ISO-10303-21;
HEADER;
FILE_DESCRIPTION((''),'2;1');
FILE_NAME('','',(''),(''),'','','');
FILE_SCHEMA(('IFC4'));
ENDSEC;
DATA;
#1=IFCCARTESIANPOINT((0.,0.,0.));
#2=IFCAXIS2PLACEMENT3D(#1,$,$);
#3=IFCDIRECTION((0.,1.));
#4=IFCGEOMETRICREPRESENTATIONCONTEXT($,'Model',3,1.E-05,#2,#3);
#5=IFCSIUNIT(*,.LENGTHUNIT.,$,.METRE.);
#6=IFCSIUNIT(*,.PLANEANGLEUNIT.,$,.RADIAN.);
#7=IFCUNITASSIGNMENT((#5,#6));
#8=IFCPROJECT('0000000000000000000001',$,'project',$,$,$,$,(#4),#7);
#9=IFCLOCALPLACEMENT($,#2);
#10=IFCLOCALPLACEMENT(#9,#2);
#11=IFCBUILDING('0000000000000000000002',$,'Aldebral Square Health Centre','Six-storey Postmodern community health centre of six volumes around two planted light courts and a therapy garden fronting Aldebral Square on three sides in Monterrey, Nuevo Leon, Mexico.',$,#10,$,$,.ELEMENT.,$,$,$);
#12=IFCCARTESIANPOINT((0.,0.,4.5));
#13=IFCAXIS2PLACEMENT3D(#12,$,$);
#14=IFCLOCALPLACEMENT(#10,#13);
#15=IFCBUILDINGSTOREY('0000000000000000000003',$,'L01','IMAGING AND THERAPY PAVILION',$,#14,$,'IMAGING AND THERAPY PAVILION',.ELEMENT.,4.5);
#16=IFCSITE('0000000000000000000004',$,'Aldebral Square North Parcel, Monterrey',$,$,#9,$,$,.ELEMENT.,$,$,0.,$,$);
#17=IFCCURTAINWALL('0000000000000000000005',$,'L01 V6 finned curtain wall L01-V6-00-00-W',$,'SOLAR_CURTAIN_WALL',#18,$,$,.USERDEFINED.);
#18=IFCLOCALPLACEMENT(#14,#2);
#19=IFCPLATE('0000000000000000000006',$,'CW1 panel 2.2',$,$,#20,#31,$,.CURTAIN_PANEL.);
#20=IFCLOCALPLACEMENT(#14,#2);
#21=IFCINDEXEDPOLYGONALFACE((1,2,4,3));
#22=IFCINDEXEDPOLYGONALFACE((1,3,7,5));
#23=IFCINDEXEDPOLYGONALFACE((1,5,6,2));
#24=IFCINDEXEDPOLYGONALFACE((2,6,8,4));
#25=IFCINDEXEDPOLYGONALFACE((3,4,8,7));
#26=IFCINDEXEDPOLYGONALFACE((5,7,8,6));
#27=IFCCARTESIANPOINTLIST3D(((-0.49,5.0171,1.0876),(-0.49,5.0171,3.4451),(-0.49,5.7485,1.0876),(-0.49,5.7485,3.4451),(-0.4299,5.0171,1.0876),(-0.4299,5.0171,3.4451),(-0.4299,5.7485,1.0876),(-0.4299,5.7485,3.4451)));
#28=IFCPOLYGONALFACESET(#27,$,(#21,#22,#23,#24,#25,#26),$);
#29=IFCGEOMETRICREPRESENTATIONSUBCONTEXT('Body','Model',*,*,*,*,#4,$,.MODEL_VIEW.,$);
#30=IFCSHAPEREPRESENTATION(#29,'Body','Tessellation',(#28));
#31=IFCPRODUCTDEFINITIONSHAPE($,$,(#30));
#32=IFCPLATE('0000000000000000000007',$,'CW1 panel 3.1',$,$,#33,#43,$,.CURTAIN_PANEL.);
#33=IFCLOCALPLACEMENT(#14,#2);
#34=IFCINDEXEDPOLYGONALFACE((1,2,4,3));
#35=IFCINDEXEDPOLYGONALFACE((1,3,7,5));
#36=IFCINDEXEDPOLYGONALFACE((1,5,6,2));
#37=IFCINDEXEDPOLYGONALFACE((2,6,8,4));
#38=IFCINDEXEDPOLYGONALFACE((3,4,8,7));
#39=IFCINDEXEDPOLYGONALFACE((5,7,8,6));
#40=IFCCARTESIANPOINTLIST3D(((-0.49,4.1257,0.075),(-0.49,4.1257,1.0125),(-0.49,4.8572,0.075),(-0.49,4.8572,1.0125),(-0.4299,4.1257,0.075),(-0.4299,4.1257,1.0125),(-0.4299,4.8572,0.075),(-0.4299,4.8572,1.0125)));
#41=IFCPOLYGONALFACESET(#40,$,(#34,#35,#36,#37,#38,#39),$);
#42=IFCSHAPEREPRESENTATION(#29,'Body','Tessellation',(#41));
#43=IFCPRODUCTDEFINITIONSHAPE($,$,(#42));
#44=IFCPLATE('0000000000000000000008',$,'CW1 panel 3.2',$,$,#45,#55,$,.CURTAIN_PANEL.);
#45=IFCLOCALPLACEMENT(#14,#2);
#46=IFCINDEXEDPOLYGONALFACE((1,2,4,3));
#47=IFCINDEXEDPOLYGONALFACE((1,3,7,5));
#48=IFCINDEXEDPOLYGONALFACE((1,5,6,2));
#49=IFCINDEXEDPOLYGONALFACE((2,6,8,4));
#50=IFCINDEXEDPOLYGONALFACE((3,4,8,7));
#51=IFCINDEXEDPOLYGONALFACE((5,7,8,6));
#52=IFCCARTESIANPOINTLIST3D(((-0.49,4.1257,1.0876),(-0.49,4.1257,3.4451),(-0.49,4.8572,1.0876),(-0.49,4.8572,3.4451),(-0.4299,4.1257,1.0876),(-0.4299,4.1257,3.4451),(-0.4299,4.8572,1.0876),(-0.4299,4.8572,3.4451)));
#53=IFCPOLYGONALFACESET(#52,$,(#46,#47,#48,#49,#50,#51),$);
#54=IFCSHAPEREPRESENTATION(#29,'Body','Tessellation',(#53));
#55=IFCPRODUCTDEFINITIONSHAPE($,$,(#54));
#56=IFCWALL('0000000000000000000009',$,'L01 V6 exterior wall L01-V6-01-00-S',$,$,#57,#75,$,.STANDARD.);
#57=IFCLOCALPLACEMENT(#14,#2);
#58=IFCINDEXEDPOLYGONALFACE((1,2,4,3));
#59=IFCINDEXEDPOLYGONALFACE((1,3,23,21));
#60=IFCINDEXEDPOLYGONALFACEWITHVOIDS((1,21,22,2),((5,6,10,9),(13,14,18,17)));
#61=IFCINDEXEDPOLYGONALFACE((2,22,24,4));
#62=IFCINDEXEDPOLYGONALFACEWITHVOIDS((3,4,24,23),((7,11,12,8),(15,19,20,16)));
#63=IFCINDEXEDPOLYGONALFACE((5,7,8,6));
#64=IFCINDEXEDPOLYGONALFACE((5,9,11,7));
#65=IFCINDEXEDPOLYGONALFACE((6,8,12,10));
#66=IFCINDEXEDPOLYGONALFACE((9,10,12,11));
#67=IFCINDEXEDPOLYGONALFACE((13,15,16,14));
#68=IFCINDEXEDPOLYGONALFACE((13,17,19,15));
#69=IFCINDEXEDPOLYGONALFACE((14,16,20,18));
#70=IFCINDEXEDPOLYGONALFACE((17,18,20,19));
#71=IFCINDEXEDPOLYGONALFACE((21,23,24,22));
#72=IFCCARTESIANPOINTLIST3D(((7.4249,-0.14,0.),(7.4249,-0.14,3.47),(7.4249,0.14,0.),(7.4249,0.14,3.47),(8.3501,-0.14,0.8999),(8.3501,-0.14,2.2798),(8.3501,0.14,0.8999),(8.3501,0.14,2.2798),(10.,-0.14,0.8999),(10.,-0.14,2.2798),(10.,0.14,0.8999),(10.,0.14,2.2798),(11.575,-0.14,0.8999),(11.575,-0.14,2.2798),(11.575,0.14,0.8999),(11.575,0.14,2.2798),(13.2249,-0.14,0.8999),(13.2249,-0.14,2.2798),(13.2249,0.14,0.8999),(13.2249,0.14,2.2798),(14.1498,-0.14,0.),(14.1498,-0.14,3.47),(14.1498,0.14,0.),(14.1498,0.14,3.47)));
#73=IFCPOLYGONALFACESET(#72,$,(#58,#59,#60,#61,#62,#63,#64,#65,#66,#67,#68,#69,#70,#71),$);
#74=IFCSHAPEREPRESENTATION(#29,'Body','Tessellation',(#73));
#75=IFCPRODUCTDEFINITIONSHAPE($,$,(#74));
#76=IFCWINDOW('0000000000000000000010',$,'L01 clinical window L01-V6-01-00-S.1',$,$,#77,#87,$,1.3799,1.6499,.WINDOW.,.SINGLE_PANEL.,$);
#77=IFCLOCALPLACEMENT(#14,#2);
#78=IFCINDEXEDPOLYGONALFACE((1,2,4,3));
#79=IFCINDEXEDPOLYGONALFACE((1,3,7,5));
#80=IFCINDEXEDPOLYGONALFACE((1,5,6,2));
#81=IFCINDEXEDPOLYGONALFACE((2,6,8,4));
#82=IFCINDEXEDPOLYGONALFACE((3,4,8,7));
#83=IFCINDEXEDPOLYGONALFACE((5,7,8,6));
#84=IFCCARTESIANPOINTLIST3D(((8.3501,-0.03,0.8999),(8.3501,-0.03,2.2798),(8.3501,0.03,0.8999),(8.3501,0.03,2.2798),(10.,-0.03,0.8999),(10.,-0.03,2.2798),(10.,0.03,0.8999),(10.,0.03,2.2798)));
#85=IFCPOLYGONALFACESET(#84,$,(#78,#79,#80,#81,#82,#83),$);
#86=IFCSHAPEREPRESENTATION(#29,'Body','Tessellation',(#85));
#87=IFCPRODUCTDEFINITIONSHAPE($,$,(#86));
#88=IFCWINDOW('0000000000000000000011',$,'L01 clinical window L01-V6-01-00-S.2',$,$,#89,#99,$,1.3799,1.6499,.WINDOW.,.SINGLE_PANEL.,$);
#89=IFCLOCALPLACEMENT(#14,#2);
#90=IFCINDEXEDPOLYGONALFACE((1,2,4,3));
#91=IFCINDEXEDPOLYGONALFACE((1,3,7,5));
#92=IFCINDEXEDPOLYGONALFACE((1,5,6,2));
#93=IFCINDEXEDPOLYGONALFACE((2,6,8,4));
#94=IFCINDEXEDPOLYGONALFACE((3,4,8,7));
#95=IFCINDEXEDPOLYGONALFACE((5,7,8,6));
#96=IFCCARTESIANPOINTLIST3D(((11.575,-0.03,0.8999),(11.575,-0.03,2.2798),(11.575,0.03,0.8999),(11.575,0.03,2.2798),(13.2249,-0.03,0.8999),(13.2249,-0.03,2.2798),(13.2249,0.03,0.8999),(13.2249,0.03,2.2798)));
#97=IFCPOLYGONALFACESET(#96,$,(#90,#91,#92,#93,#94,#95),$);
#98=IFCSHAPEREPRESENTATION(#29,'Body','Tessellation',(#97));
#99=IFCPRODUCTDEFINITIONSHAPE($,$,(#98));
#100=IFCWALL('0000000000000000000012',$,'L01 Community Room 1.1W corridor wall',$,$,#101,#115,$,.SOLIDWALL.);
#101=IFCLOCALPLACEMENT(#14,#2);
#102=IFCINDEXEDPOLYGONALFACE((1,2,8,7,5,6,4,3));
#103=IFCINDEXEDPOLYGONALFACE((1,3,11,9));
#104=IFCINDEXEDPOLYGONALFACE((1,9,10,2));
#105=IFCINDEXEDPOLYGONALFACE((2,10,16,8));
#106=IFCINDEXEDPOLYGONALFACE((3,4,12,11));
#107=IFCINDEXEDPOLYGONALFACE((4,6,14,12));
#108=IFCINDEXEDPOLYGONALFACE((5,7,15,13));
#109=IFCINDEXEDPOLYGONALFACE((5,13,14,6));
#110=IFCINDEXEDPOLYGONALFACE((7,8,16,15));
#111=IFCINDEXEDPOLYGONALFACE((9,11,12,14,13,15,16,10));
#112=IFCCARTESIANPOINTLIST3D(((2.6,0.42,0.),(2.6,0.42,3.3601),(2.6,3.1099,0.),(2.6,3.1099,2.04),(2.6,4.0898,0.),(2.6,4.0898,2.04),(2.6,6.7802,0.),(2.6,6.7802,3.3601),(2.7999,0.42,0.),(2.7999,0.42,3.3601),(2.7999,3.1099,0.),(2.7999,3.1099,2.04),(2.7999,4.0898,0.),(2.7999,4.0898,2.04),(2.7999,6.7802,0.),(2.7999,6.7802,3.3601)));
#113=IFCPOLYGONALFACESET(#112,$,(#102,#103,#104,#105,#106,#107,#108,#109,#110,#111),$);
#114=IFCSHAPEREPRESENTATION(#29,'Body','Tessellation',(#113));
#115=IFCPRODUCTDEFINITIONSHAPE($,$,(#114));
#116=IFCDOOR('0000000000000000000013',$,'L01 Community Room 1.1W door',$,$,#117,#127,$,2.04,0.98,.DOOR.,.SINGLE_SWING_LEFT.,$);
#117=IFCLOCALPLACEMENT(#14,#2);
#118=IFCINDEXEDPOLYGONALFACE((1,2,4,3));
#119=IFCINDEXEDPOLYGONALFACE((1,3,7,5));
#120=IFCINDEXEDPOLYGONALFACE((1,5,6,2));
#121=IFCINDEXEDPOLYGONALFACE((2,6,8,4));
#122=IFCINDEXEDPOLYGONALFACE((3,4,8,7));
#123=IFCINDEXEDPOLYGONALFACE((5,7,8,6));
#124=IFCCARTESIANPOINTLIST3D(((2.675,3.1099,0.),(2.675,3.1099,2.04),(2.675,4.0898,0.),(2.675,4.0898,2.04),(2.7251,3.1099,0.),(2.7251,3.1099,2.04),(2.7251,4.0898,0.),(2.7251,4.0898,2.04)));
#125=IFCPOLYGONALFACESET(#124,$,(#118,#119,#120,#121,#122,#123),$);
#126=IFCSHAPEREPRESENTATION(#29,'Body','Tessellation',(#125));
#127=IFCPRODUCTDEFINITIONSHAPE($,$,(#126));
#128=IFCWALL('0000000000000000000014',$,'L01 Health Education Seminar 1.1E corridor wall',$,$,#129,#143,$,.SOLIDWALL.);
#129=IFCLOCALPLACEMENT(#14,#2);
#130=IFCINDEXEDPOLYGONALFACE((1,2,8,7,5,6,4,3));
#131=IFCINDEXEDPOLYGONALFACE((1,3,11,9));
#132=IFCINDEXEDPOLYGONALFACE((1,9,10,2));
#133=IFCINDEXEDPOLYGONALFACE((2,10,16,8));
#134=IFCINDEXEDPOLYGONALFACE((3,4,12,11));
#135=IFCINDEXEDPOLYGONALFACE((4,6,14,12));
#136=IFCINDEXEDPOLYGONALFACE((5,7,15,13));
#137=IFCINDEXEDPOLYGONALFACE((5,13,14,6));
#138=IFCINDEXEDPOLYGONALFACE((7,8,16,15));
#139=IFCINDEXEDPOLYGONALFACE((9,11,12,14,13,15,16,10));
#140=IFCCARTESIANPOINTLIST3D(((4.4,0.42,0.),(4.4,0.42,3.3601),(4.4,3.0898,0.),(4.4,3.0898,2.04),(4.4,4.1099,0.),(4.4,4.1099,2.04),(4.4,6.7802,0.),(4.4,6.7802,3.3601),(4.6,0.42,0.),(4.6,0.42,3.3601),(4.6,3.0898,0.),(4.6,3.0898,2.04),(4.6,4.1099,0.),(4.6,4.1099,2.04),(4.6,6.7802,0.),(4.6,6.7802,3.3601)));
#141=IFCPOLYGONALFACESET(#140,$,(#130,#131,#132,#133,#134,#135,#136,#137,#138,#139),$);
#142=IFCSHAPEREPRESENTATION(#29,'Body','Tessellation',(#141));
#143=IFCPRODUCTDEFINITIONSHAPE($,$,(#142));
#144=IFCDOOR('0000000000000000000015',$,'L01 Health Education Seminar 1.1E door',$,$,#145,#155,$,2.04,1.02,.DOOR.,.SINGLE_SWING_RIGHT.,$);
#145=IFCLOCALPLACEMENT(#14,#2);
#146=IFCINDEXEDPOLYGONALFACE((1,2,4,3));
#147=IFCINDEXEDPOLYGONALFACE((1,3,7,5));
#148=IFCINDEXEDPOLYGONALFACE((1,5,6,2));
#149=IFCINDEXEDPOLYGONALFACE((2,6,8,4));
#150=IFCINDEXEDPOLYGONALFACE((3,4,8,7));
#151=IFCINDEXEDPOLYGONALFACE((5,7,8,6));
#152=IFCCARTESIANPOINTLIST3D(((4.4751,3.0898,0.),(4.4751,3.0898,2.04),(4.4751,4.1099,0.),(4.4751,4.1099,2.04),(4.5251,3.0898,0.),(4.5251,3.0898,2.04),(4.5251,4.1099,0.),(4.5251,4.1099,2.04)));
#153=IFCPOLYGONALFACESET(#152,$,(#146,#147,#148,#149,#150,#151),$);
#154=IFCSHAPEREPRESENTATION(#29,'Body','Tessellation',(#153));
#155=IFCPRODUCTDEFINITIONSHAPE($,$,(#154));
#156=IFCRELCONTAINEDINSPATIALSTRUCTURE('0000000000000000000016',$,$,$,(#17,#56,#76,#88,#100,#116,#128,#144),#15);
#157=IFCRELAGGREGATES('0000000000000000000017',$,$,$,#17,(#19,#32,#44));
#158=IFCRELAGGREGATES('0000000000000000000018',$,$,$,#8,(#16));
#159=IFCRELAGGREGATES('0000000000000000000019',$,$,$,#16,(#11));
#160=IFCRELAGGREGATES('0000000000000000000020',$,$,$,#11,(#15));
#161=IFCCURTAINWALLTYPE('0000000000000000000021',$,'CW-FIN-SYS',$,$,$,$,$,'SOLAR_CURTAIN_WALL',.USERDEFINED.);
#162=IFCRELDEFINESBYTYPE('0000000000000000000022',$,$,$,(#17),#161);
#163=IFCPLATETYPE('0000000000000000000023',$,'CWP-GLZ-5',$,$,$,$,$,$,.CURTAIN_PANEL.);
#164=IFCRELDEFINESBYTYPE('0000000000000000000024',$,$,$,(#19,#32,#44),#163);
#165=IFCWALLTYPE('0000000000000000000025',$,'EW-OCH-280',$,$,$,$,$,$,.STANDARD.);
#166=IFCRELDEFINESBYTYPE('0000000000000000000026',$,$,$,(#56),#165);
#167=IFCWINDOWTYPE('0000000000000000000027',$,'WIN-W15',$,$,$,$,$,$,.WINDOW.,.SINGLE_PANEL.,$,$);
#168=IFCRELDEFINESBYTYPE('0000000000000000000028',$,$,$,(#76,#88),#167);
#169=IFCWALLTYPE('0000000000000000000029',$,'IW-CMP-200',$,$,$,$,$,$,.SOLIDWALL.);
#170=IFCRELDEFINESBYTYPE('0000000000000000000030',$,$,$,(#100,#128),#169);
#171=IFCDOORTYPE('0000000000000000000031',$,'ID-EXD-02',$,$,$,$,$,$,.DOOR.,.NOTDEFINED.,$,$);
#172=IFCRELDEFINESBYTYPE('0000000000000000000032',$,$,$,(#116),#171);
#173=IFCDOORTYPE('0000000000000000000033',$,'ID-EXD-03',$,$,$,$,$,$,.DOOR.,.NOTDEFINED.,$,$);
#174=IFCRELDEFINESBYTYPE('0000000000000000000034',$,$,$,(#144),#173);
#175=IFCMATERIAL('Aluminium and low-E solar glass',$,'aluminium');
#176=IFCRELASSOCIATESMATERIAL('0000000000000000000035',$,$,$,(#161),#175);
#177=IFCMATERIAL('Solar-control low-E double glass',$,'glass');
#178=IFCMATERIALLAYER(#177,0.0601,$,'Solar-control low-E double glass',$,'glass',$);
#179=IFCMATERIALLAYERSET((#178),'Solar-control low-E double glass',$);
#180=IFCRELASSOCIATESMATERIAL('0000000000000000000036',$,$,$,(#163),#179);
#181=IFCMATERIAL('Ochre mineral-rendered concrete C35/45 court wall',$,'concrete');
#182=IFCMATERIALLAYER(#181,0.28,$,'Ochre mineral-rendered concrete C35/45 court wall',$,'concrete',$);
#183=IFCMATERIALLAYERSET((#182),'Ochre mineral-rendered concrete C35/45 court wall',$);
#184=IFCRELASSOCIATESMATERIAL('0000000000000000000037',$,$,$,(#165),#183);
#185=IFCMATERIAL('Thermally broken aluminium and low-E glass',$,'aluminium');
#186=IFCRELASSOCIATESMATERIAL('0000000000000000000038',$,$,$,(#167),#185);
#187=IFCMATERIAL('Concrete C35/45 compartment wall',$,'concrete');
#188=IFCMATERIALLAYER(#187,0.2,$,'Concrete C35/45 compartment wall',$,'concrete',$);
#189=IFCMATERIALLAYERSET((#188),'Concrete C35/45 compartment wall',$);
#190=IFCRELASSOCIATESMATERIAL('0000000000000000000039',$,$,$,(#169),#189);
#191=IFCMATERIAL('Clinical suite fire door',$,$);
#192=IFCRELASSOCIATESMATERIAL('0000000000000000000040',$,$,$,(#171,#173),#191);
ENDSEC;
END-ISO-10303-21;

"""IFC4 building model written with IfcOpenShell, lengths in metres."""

from ifc_helpers import new_model, si_unit, direction, frame, frame_2d, origin, origin_2d, place, context, subcontext, project, spatial, rectangle, extrude, material, layer, layer_set, type_object, element, fill, aggregate, save


model = new_model("IFC4")

# Units and contexts
model_context = context("Model", 3, precision=1e-05, world=origin(), true_north=direction((0.0, 1.0)))
body_context = subcontext(model_context, "Body", "Model", "MODEL_VIEW")
ifc_project = project(units=[si_unit("LENGTHUNIT", "METRE"), si_unit("PLANEANGLEUNIT", "RADIAN")], contexts=[model_context])

# Site, building, storey
site_placement = place(None, origin())
site = spatial("IfcSite", under=ifc_project, at=site_placement, Name="Aldebral Square North Parcel, Monterrey", CompositionType="ELEMENT", RefElevation=0.0)
building_placement = place(site_placement, origin())
building = spatial("IfcBuilding", under=site, at=building_placement, Name="Aldebral Square Health Centre", Description="Six-storey Postmodern community health centre of six volumes around two planted light courts and a therapy garden fronting Aldebral Square on three sides in Monterrey, Nuevo Leon, Mexico.", CompositionType="ELEMENT")
storey_placement = place(building_placement, frame((0.0, 0.0, 4.5)))
storey = spatial("IfcBuildingStorey", under=building, at=storey_placement, Name="L01", Description="IMAGING AND THERAPY PAVILION", LongName="IMAGING AND THERAPY PAVILION", CompositionType="ELEMENT", Elevation=4.5)

# Curtain wall, plates
ifc_material_1 = material(Name="Aluminium and low-E solar glass", Category="aluminium")
curtain_wall_type = type_object("IfcCurtainWallType", Name="CW-FIN-SYS", ElementType="SOLAR_CURTAIN_WALL", PredefinedType="USERDEFINED", material=ifc_material_1)
curtain_wall_placement = place(storey_placement, origin())
curtain_wall = element("IfcCurtainWall", 1, at=curtain_wall_placement, inside=storey, type_object=curtain_wall_type, Name="L01 V6 finned curtain wall L01-V6-00-00-W", ObjectType="SOLAR_CURTAIN_WALL", PredefinedType="USERDEFINED")
ifc_material_2 = material(Name="Solar-control low-E double glass", Category="glass")
ifc_layer_1 = layer(ifc_material_2, 0.0601, Name="Solar-control low-E double glass", Category="glass")
ifc_layer_set_1 = layer_set([ifc_layer_1], Name="Solar-control low-E double glass")
plate_type = type_object("IfcPlateType", Name="CWP-GLZ-5", PredefinedType="CURTAIN_PANEL", material=ifc_layer_set_1)
plate_1_placement = place(storey_placement, frame((-0.46, 5.3828, 1.0876), z_axis=(0.0, 0.0, 1.0), x_axis=(0.0, -1.0, 0.0)))
plate_1 = element("IfcPlate", 2, at=plate_1_placement, type_object=plate_type, Name="CW1 panel 2.2", PredefinedType="CURTAIN_PANEL", context=body_context, shape_type="SweptSolid", body=[
    extrude(rectangle(XDim=0.7314, YDim=0.0601, at=origin_2d()), origin(), (0.0, 0.0, 1.0), 2.3574),
])
plate_2_placement = place(storey_placement, frame((-0.46, 4.4915, 0.075), z_axis=(0.0, 0.0, 1.0), x_axis=(0.0, -1.0, 0.0)))
plate_2 = element("IfcPlate", 3, at=plate_2_placement, type_object=plate_type, Name="CW1 panel 3.1", PredefinedType="CURTAIN_PANEL", context=body_context, shape_type="SweptSolid", body=[
    extrude(rectangle(XDim=0.7314, YDim=0.0601, at=origin_2d()), origin(), (0.0, 0.0, 1.0), 0.9375),
])
plate_3_placement = place(storey_placement, frame((-0.46, 4.4915, 1.0876), z_axis=(0.0, 0.0, 1.0), x_axis=(0.0, -1.0, 0.0)))
plate_3 = element("IfcPlate", 4, at=plate_3_placement, type_object=plate_type, Name="CW1 panel 3.2", PredefinedType="CURTAIN_PANEL", context=body_context, shape_type="SweptSolid", body=[
    extrude(rectangle(XDim=0.7314, YDim=0.0601, at=origin_2d()), origin(), (0.0, 0.0, 1.0), 2.3574),
])
aggregate(curtain_wall, [plate_1, plate_2, plate_3])

# Wall, openings, windows
ifc_material_3 = material(Name="Ochre mineral-rendered concrete C35/45 court wall", Category="concrete")
ifc_layer_2 = layer(ifc_material_3, 0.28, Name="Ochre mineral-rendered concrete C35/45 court wall", Category="concrete")
ifc_layer_set_2 = layer_set([ifc_layer_2], Name="Ochre mineral-rendered concrete C35/45 court wall")
wall_type_1 = type_object("IfcWallType", Name="EW-OCH-280", PredefinedType="STANDARD", material=ifc_layer_set_2)
wall_1_placement = place(storey_placement, frame((7.425, 0.0, 0.0), z_axis=(0.0, 0.0, 1.0), x_axis=(1.0, 0.0, 0.0)))
wall_1 = element("IfcWall", 5, at=wall_1_placement, inside=storey, type_object=wall_type_1, Name="L01 V6 exterior wall L01-V6-01-00-S", PredefinedType="STANDARD", context=body_context, shape_type="SweptSolid", body=[
    extrude(rectangle(XDim=6.7249, YDim=0.28, at=frame_2d((3.3623, 0.0))), origin(), (0.0, 0.0, 1.0), 3.47),
])
opening_1_placement = place(wall_1_placement, frame((0.925, 0.0, 0.8999)))
opening_1 = element("IfcOpeningElement", 6, at=opening_1_placement, cuts=wall_1, PredefinedType="OPENING", context=body_context, shape_type="SweptSolid", body=[
    extrude(rectangle(XDim=1.6499, YDim=1.3799, at=frame_2d((0.825, 0.6899))), frame((0.0, 0.1499, 0.0), z_axis=(0.0, -1.0, 0.0), x_axis=(1.0, 0.0, 0.0)), (0.0, 0.0, 1.0), 0.3),
])
opening_2_placement = place(wall_1_placement, frame((4.1499, 0.0, 0.8999)))
opening_2 = element("IfcOpeningElement", 7, at=opening_2_placement, cuts=wall_1, PredefinedType="OPENING", context=body_context, shape_type="SweptSolid", body=[
    extrude(rectangle(XDim=1.6499, YDim=1.3799, at=frame_2d((0.825, 0.6899))), frame((0.0, 0.1499, 0.0), z_axis=(0.0, -1.0, 0.0), x_axis=(1.0, 0.0, 0.0)), (0.0, 0.0, 1.0), 0.3),
])
ifc_material_4 = material(Name="Thermally broken aluminium and low-E glass", Category="aluminium")
window_type = type_object("IfcWindowType", Name="WIN-W15", PartitioningType="SINGLE_PANEL", PredefinedType="WINDOW", material=ifc_material_4)
window_1_placement = place(opening_1_placement, origin())
window_1 = element("IfcWindow", 8, at=window_1_placement, inside=storey, type_object=window_type, Name="L01 clinical window L01-V6-01-00-S.1", OverallHeight=1.3799, OverallWidth=1.6499, PartitioningType="SINGLE_PANEL", PredefinedType="WINDOW", context=body_context, shape_type="SweptSolid", body=[
    extrude(rectangle(XDim=1.6499, YDim=1.3799, at=frame_2d((0.825, 0.6899))), frame((0.0, 0.03, 0.0), z_axis=(0.0, -1.0, 0.0), x_axis=(1.0, 0.0, 0.0)), (0.0, 0.0, 1.0), 0.0601),
])
fill(opening_1, window_1)
window_2_placement = place(opening_2_placement, origin())
window_2 = element("IfcWindow", 9, at=window_2_placement, inside=storey, type_object=window_type, Name="L01 clinical window L01-V6-01-00-S.2", OverallHeight=1.3799, OverallWidth=1.6499, PartitioningType="SINGLE_PANEL", PredefinedType="WINDOW", context=body_context, shape_type="SweptSolid", body=[
    extrude(rectangle(XDim=1.6499, YDim=1.3799, at=frame_2d((0.825, 0.6899))), frame((0.0, 0.03, 0.0), z_axis=(0.0, -1.0, 0.0), x_axis=(1.0, 0.0, 0.0)), (0.0, 0.0, 1.0), 0.0601),
])
fill(opening_2, window_2)

# Walls, openings, doors
ifc_material_5 = material(Name="Concrete C35/45 compartment wall", Category="concrete")
ifc_layer_3 = layer(ifc_material_5, 0.2, Name="Concrete C35/45 compartment wall", Category="concrete")
ifc_layer_set_3 = layer_set([ifc_layer_3], Name="Concrete C35/45 compartment wall")
wall_type_2 = type_object("IfcWallType", Name="IW-CMP-200", PredefinedType="SOLIDWALL", material=ifc_layer_set_3)
wall_2_placement = place(storey_placement, frame((2.7, 0.4199, 0.0), z_axis=(0.0, 0.0, 1.0), x_axis=(0.0, 1.0, 0.0)))
wall_2 = element("IfcWall", 10, at=wall_2_placement, inside=storey, type_object=wall_type_2, Name="L01 Community Room 1.1W corridor wall", PredefinedType="SOLIDWALL", context=body_context, shape_type="SweptSolid", body=[
    extrude(rectangle(XDim=6.3601, YDim=0.2, at=frame_2d((3.1802, 0.0))), origin(), (0.0, 0.0, 1.0), 3.3601),
])
opening_3_placement = place(wall_2_placement, frame((2.6899, 0.0, 0.0)))
opening_3 = element("IfcOpeningElement", 11, at=opening_3_placement, cuts=wall_2, PredefinedType="OPENING", context=body_context, shape_type="SweptSolid", body=[
    extrude(rectangle(XDim=0.98, YDim=2.04, at=frame_2d((0.49, 1.02))), frame((0.0, 0.1099, 0.0), z_axis=(0.0, -1.0, 0.0), x_axis=(1.0, 0.0, 0.0)), (0.0, 0.0, 1.0), 0.22),
])
ifc_material_6 = material(Name="Clinical suite fire door")
door_type_1 = type_object("IfcDoorType", Name="ID-EXD-02", OperationType="NOTDEFINED", PredefinedType="DOOR", material=ifc_material_6)
door_1_placement = place(opening_3_placement, origin())
door_1 = element("IfcDoor", 12, at=door_1_placement, inside=storey, type_object=door_type_1, Name="L01 Community Room 1.1W door", OperationType="SINGLE_SWING_LEFT", OverallHeight=2.04, OverallWidth=0.98, PredefinedType="DOOR", context=body_context, shape_type="SweptSolid", body=[
    extrude(rectangle(XDim=0.98, YDim=2.04, at=frame_2d((0.49, 1.02))), frame((0.0, 0.0249, 0.0), z_axis=(0.0, -1.0, 0.0), x_axis=(1.0, 0.0, 0.0)), (0.0, 0.0, 1.0), 0.05),
])
fill(opening_3, door_1)
wall_3_placement = place(storey_placement, frame((4.5, 0.4199, 0.0), z_axis=(0.0, 0.0, 1.0), x_axis=(0.0, 1.0, 0.0)))
wall_3 = element("IfcWall", 13, at=wall_3_placement, inside=storey, type_object=wall_type_2, Name="L01 Health Education Seminar 1.1E corridor wall", PredefinedType="SOLIDWALL", context=body_context, shape_type="SweptSolid", body=[
    extrude(rectangle(XDim=6.3601, YDim=0.2, at=frame_2d((3.1802, 0.0))), origin(), (0.0, 0.0, 1.0), 3.3601),
])
opening_4_placement = place(wall_3_placement, frame((2.6699, 0.0, 0.0)))
opening_4 = element("IfcOpeningElement", 14, at=opening_4_placement, cuts=wall_3, PredefinedType="OPENING", context=body_context, shape_type="SweptSolid", body=[
    extrude(rectangle(XDim=1.02, YDim=2.04, at=frame_2d((0.51, 1.02))), frame((0.0, 0.1099, 0.0), z_axis=(0.0, -1.0, 0.0), x_axis=(1.0, 0.0, 0.0)), (0.0, 0.0, 1.0), 0.22),
])
door_type_2 = type_object("IfcDoorType", Name="ID-EXD-03", OperationType="NOTDEFINED", PredefinedType="DOOR", material=ifc_material_6)
door_2_placement = place(opening_4_placement, origin())
door_2 = element("IfcDoor", 15, at=door_2_placement, inside=storey, type_object=door_type_2, Name="L01 Health Education Seminar 1.1E door", OperationType="SINGLE_SWING_RIGHT", OverallHeight=2.04, OverallWidth=1.02, PredefinedType="DOOR", context=body_context, shape_type="SweptSolid", body=[
    extrude(rectangle(XDim=1.02, YDim=2.04, at=frame_2d((0.51, 1.02))), frame((0.0, 0.0249, 0.0), z_axis=(0.0, -1.0, 0.0), x_axis=(1.0, 0.0, 0.0)), (0.0, 0.0, 1.0), 0.05),
])
fill(opening_4, door_2)

save(model, "model.ifc")
